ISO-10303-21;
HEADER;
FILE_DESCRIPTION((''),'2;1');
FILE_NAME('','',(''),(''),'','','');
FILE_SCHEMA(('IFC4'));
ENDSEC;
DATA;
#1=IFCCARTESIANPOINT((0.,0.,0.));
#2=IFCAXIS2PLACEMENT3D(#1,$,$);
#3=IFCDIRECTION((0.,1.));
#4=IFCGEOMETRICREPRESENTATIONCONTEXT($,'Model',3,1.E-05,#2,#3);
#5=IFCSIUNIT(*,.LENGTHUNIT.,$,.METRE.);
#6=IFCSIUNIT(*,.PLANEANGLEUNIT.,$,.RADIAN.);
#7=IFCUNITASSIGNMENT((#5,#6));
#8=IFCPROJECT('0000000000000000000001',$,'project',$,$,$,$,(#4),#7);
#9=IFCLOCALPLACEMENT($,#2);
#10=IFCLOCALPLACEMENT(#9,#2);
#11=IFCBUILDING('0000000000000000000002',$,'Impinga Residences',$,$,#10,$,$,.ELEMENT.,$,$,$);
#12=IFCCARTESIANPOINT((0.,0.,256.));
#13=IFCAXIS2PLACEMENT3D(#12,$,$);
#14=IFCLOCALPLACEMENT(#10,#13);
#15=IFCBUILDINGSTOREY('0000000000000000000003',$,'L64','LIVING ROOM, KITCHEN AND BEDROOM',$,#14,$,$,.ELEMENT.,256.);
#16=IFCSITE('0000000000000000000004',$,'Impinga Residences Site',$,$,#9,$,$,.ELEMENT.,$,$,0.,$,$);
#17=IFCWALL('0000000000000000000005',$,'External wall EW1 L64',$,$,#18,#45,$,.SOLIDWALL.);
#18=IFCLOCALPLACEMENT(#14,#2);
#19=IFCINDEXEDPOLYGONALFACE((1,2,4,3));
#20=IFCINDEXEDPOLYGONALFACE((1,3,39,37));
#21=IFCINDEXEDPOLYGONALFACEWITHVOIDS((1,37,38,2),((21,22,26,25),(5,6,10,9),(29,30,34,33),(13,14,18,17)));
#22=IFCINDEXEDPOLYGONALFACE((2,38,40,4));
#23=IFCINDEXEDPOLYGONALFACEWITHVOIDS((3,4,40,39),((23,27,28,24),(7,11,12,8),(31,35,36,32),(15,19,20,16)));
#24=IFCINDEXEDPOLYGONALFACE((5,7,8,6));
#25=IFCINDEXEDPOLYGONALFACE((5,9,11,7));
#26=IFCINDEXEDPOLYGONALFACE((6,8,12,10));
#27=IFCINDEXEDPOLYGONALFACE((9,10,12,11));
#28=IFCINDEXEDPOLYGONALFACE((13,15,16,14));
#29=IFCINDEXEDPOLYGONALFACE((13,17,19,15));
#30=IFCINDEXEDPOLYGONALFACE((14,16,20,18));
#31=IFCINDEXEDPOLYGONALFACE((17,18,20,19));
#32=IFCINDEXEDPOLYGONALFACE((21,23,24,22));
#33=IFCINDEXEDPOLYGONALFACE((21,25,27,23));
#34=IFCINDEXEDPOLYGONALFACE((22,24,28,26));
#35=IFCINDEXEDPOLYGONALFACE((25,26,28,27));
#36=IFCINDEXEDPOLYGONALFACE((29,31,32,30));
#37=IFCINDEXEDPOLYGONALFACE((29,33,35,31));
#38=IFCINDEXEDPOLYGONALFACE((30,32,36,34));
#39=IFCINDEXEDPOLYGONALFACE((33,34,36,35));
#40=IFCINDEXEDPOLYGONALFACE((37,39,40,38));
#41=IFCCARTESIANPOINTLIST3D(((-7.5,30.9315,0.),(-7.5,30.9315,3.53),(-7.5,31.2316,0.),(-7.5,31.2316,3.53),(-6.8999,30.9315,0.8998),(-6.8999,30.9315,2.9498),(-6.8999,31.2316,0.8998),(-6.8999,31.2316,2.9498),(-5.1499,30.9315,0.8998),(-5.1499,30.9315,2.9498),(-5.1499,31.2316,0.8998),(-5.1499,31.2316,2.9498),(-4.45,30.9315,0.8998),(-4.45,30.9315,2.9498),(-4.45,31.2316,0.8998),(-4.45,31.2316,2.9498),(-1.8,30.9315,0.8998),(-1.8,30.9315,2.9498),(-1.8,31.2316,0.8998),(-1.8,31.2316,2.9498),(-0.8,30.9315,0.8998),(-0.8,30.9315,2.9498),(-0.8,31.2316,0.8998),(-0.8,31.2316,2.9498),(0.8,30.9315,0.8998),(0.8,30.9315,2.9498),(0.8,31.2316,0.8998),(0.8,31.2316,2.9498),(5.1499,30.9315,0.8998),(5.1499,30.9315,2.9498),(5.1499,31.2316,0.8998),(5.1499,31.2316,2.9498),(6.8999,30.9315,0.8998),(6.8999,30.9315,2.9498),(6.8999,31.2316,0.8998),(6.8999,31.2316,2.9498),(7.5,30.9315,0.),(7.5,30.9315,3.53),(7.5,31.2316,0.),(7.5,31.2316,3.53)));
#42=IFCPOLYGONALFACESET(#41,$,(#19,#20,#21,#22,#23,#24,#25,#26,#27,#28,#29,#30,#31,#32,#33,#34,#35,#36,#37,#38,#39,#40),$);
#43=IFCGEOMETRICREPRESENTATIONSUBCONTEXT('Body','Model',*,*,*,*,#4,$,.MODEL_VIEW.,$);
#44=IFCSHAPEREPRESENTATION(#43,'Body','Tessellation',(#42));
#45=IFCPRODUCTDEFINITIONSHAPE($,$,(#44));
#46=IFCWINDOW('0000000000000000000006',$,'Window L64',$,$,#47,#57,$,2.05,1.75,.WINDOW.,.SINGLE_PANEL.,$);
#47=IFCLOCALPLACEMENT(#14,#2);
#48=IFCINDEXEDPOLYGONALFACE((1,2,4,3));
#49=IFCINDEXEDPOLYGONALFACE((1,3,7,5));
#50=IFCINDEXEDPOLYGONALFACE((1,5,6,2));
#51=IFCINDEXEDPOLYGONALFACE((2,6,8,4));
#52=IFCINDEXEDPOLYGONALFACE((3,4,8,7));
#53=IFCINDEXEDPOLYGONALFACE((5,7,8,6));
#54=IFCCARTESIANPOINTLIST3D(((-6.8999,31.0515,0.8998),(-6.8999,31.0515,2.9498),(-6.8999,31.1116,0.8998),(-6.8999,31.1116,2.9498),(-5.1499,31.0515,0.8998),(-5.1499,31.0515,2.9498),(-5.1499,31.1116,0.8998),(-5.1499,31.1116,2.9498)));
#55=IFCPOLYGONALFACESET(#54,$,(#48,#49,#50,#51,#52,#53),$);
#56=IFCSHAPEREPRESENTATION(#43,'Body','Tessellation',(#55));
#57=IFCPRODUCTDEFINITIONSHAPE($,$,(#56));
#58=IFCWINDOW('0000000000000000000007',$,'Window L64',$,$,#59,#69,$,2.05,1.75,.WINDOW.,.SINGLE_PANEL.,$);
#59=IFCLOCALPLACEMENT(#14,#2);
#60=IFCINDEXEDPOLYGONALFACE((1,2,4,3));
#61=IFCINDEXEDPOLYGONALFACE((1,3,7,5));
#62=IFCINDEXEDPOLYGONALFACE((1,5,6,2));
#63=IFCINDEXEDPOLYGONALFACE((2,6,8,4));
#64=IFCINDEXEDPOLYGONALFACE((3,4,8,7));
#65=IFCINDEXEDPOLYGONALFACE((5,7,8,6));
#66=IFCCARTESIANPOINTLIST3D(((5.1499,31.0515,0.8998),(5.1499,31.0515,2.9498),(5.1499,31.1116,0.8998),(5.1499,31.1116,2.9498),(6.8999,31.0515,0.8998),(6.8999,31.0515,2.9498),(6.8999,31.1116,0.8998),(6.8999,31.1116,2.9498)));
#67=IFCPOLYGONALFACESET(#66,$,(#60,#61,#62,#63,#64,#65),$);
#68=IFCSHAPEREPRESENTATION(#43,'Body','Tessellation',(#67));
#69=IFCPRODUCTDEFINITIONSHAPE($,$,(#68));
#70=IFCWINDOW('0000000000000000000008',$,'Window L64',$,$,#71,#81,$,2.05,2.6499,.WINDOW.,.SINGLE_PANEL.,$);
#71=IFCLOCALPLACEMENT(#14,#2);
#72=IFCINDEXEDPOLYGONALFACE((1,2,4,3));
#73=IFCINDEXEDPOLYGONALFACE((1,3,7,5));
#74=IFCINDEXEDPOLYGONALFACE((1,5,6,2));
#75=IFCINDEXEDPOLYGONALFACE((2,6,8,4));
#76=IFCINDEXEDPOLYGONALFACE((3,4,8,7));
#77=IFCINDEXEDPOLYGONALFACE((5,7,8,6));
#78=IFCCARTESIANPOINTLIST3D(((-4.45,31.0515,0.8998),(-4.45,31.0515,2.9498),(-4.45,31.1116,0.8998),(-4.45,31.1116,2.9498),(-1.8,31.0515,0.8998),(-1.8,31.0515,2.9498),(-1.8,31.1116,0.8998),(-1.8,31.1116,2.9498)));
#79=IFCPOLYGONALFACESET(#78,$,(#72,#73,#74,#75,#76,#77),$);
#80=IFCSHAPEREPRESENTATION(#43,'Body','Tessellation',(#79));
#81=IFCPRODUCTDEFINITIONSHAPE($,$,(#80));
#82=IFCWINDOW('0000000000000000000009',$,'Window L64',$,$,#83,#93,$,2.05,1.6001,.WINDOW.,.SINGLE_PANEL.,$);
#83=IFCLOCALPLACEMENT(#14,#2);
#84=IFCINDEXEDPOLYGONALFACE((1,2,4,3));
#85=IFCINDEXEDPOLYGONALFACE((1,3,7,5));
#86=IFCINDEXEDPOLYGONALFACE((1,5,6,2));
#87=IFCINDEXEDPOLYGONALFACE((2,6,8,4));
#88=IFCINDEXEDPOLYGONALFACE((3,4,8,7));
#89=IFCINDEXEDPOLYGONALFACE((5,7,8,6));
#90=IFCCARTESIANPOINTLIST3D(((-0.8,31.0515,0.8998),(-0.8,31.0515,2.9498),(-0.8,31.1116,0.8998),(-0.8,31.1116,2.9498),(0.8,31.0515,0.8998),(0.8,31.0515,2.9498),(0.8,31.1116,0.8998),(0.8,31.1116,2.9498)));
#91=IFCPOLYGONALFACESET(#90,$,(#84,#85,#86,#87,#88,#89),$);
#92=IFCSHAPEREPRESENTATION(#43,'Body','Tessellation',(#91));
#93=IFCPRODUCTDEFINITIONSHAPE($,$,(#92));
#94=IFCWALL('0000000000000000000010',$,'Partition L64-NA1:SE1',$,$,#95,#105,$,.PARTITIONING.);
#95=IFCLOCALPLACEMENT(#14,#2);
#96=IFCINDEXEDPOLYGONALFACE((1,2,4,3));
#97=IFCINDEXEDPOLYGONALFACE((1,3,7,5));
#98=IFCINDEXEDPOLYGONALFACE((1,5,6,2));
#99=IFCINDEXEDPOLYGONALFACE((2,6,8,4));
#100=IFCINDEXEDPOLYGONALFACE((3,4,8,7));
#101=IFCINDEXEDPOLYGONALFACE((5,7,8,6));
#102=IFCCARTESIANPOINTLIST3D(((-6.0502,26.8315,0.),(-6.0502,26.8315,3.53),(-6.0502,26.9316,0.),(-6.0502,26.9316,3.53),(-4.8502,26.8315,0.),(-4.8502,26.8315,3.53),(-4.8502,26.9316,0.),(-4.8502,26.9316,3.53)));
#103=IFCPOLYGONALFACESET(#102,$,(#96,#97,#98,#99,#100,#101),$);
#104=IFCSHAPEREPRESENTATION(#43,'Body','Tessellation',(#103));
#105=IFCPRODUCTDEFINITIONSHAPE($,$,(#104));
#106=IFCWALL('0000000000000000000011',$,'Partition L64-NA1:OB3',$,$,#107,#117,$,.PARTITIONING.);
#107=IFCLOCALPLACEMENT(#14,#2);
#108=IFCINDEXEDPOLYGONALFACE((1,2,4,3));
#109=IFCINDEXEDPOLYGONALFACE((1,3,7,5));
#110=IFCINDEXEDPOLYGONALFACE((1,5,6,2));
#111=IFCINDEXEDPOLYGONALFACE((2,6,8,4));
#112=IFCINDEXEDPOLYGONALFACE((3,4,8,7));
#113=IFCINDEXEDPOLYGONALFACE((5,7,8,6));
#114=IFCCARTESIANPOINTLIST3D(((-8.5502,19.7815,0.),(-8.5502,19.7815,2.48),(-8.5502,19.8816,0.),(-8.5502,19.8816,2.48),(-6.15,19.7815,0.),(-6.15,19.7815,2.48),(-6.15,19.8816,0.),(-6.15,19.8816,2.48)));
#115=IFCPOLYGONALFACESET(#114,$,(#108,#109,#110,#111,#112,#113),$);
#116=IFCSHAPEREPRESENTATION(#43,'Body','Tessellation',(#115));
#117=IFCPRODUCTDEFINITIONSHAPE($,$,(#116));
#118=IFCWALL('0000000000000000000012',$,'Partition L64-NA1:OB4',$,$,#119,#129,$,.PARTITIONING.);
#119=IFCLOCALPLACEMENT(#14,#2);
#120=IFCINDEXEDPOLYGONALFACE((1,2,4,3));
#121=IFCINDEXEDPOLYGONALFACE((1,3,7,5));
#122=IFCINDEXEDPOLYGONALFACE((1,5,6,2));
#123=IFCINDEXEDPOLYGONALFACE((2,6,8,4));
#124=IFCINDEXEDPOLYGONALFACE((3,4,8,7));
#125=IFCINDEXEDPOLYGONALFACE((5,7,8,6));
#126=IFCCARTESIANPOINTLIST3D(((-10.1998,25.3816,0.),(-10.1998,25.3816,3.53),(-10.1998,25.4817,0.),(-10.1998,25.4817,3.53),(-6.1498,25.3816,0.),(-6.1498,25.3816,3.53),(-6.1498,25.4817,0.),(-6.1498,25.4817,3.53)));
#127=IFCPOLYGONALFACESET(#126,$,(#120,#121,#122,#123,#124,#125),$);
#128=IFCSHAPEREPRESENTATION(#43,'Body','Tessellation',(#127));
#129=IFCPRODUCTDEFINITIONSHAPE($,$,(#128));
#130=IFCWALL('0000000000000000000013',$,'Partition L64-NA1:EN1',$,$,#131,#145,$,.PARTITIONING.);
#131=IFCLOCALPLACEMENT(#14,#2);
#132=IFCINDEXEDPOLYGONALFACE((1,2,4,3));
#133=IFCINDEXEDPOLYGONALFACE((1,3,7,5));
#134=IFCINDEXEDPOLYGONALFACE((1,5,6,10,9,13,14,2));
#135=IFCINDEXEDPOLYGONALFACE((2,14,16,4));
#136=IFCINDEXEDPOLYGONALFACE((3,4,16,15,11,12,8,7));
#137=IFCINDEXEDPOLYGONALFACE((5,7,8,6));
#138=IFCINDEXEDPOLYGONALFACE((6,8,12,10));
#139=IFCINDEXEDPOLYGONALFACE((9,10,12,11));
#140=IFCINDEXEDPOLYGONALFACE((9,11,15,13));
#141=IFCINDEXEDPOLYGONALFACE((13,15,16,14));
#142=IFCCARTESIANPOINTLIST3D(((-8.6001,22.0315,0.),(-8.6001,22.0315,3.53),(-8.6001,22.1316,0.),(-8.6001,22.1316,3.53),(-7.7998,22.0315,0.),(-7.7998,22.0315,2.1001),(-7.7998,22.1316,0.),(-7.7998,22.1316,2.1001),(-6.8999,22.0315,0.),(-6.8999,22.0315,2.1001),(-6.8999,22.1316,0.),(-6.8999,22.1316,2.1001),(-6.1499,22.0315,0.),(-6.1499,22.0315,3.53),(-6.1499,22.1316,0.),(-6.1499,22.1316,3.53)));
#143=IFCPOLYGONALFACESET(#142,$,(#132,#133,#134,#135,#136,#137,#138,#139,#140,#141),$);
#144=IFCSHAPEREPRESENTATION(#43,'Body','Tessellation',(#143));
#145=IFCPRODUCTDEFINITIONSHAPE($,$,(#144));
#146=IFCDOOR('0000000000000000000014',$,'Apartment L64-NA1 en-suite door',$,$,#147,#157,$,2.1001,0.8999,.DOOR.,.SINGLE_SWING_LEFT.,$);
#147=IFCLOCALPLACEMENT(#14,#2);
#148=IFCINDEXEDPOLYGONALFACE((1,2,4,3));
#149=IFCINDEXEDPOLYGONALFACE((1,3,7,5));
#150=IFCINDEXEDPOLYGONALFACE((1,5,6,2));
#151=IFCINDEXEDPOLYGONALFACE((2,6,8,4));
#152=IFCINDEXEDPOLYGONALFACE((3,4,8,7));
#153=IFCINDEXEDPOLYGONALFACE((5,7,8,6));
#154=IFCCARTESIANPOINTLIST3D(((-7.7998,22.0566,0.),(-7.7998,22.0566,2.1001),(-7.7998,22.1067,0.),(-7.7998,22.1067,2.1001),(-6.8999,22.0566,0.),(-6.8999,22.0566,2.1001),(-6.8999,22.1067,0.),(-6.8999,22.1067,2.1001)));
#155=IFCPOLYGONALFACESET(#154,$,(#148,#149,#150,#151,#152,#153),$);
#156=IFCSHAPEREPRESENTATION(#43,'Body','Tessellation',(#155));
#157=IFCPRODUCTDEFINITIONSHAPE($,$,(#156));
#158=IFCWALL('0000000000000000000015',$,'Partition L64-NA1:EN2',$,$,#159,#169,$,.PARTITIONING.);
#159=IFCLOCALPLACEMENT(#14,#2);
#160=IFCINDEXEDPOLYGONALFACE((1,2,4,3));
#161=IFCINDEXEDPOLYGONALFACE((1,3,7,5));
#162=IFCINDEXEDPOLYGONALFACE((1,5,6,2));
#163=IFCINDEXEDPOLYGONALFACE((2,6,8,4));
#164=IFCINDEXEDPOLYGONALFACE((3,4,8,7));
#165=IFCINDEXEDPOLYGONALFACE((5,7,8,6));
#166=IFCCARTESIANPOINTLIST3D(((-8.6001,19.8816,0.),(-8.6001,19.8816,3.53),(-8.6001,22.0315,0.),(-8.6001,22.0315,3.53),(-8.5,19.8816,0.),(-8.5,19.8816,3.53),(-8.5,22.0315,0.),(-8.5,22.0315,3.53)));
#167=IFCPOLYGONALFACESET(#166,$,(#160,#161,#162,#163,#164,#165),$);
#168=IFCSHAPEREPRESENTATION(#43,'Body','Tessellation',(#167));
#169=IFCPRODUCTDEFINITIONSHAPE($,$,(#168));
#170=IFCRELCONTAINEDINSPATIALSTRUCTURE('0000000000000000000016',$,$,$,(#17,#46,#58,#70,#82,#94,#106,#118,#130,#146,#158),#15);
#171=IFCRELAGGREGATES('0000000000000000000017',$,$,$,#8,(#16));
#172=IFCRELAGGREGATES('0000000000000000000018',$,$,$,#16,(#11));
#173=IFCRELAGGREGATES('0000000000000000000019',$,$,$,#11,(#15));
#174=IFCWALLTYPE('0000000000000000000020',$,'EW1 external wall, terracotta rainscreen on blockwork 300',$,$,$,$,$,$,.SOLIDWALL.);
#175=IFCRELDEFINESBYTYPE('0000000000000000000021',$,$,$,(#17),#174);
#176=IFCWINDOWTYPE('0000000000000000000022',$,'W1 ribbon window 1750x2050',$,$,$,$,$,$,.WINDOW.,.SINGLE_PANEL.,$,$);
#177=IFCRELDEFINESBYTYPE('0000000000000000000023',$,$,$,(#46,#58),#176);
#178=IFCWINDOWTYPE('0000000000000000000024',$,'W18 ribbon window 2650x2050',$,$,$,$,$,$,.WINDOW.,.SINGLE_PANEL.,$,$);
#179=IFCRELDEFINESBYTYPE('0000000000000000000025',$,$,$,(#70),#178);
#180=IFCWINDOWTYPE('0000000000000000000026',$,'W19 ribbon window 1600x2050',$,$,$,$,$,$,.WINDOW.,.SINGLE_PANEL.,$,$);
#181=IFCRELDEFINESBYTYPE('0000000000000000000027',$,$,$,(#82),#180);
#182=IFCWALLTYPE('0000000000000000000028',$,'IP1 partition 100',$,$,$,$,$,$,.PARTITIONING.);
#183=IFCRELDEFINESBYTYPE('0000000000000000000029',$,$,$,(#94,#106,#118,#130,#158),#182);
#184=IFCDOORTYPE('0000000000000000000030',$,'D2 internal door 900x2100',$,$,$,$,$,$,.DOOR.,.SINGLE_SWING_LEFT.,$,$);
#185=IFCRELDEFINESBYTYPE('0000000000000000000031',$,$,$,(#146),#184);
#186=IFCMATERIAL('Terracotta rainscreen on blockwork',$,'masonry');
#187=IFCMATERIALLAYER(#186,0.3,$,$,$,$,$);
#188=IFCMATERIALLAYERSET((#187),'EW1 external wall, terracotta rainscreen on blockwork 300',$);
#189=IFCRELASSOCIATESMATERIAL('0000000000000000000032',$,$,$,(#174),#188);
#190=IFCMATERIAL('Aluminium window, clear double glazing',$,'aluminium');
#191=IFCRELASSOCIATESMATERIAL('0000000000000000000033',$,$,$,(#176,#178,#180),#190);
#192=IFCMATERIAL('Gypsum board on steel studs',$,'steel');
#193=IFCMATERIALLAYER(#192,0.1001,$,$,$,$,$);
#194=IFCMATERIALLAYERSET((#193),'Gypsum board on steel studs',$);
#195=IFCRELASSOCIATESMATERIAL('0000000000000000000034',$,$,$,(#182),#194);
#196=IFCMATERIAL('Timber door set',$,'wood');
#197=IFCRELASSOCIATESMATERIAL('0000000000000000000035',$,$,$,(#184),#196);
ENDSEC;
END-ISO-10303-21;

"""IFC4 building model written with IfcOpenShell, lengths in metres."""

from ifc_helpers import new_model, si_unit, direction, frame, frame_2d, origin, place, context, subcontext, project, spatial, rectangle, extrude, material, layer, layer_set, type_object, element, fill, save


model = new_model("IFC4")

# Units and contexts
model_context = context("Model", 3, precision=1e-05, world=origin(), true_north=direction((0.0, 1.0)))
body_context = subcontext(model_context, "Body", "Model", "MODEL_VIEW")
ifc_project = project(units=[si_unit("LENGTHUNIT", "METRE"), si_unit("PLANEANGLEUNIT", "RADIAN")], contexts=[model_context])

# Site, building, storey
site_placement = place(None, origin())
site = spatial("IfcSite", under=ifc_project, at=site_placement, Name="Impinga Residences Site", CompositionType="ELEMENT", RefElevation=0.0)
building_placement = place(site_placement, origin())
building = spatial("IfcBuilding", under=site, at=building_placement, Name="Impinga Residences", CompositionType="ELEMENT")
storey_placement = place(building_placement, frame((0.0, 0.0, 256.0)))
storey = spatial("IfcBuildingStorey", under=building, at=storey_placement, Name="L64", Description="LIVING ROOM, KITCHEN AND BEDROOM", CompositionType="ELEMENT", Elevation=256.0)

# Shared definitions
ifc_material_1 = material(Name="Timber door set", Category="wood")

# Shared definitions
ifc_material_2 = material(Name="Terracotta rainscreen on blockwork", Category="masonry")
ifc_layer_1 = layer(ifc_material_2, 0.3)
ifc_layer_set_1 = layer_set([ifc_layer_1], Name="EW1 external wall, terracotta rainscreen on blockwork 300")
wall_type_1 = type_object("IfcWallType", Name="EW1 external wall, terracotta rainscreen on blockwork 300", PredefinedType="SOLIDWALL", material=ifc_layer_set_1)

# Wall, openings, windows
wall_1_placement = place(storey_placement, frame((-7.5, 31.0815, 0.0), z_axis=(0.0, 0.0, 1.0), x_axis=(1.0, 0.0, 0.0)))
wall_1 = element("IfcWall", 1, at=wall_1_placement, inside=storey, type_object=wall_type_1, Name="External wall EW1 L64", PredefinedType="SOLIDWALL", context=body_context, shape_type="SweptSolid", body=[
    extrude(rectangle(XDim=15.0, YDim=0.3, at=frame_2d((7.5, 0.0))), origin(), (0.0, 0.0, 1.0), 3.53),
])
opening_1_placement = place(wall_1_placement, frame((0.6001, 0.0, 0.8999)))
opening_1 = element("IfcOpeningElement", 2, at=opening_1_placement, cuts=wall_1, PredefinedType="OPENING", context=body_context, shape_type="SweptSolid", body=[
    extrude(rectangle(XDim=1.75, YDim=2.05, at=frame_2d((0.875, 1.0249))), frame((0.0, 0.1599, 0.0), z_axis=(0.0, -1.0, 0.0), x_axis=(1.0, 0.0, 0.0)), (0.0, 0.0, 1.0), 0.3201),
])
opening_2_placement = place(wall_1_placement, frame((3.05, 0.0, 0.8999)))
opening_2 = element("IfcOpeningElement", 3, at=opening_2_placement, cuts=wall_1, PredefinedType="OPENING", context=body_context, shape_type="SweptSolid", body=[
    extrude(rectangle(XDim=2.6499, YDim=2.05, at=frame_2d((1.325, 1.0249))), frame((0.0, 0.1599, 0.0), z_axis=(0.0, -1.0, 0.0), x_axis=(1.0, 0.0, 0.0)), (0.0, 0.0, 1.0), 0.3201),
])
opening_3_placement = place(wall_1_placement, frame((6.7, 0.0, 0.8999)))
opening_3 = element("IfcOpeningElement", 4, at=opening_3_placement, cuts=wall_1, PredefinedType="OPENING", context=body_context, shape_type="SweptSolid", body=[
    extrude(rectangle(XDim=1.6001, YDim=2.05, at=frame_2d((0.8, 1.0249))), frame((0.0, 0.1599, 0.0), z_axis=(0.0, -1.0, 0.0), x_axis=(1.0, 0.0, 0.0)), (0.0, 0.0, 1.0), 0.3201),
])
opening_4_placement = place(wall_1_placement, frame((12.6499, 0.0, 0.8999)))
opening_4 = element("IfcOpeningElement", 5, at=opening_4_placement, cuts=wall_1, PredefinedType="OPENING", context=body_context, shape_type="SweptSolid", body=[
    extrude(rectangle(XDim=1.75, YDim=2.05, at=frame_2d((0.875, 1.0249))), frame((0.0, 0.1599, 0.0), z_axis=(0.0, -1.0, 0.0), x_axis=(1.0, 0.0, 0.0)), (0.0, 0.0, 1.0), 0.3201),
])
ifc_material_3 = material(Name="Aluminium window, clear double glazing", Category="aluminium")
window_type_1 = type_object("IfcWindowType", Name="W1 ribbon window 1750x2050", PartitioningType="SINGLE_PANEL", PredefinedType="WINDOW", material=ifc_material_3)
window_1_placement = place(opening_1_placement, origin())
window_1 = element("IfcWindow", 6, at=window_1_placement, inside=storey, type_object=window_type_1, Name="Window L64", OverallHeight=2.05, OverallWidth=1.75, PartitioningType="SINGLE_PANEL", PredefinedType="WINDOW", context=body_context, shape_type="SweptSolid", body=[
    extrude(rectangle(XDim=1.75, YDim=2.05, at=frame_2d((0.875, 1.0249))), frame((0.0, 0.03, 0.0), z_axis=(0.0, -1.0, 0.0), x_axis=(1.0, 0.0, 0.0)), (0.0, 0.0, 1.0), 0.0601),
])
fill(opening_1, window_1)
window_2_placement = place(opening_4_placement, origin())
window_2 = element("IfcWindow", 7, at=window_2_placement, inside=storey, type_object=window_type_1, Name="Window L64", OverallHeight=2.05, OverallWidth=1.75, PartitioningType="SINGLE_PANEL", PredefinedType="WINDOW", context=body_context, shape_type="SweptSolid", body=[
    extrude(rectangle(XDim=1.75, YDim=2.05, at=frame_2d((0.875, 1.0249))), frame((0.0, 0.03, 0.0), z_axis=(0.0, -1.0, 0.0), x_axis=(1.0, 0.0, 0.0)), (0.0, 0.0, 1.0), 0.0601),
])
fill(opening_4, window_2)
window_type_2 = type_object("IfcWindowType", Name="W18 ribbon window 2650x2050", PartitioningType="SINGLE_PANEL", PredefinedType="WINDOW", material=ifc_material_3)
window_3_placement = place(opening_2_placement, origin())
window_3 = element("IfcWindow", 8, at=window_3_placement, inside=storey, type_object=window_type_2, Name="Window L64", OverallHeight=2.05, OverallWidth=2.6499, PartitioningType="SINGLE_PANEL", PredefinedType="WINDOW", context=body_context, shape_type="SweptSolid", body=[
    extrude(rectangle(XDim=2.6499, YDim=2.05, at=frame_2d((1.325, 1.0249))), frame((0.0, 0.03, 0.0), z_axis=(0.0, -1.0, 0.0), x_axis=(1.0, 0.0, 0.0)), (0.0, 0.0, 1.0), 0.0601),
])
fill(opening_2, window_3)
window_type_3 = type_object("IfcWindowType", Name="W19 ribbon window 1600x2050", PartitioningType="SINGLE_PANEL", PredefinedType="WINDOW", material=ifc_material_3)
window_4_placement = place(opening_3_placement, origin())
window_4 = element("IfcWindow", 9, at=window_4_placement, inside=storey, type_object=window_type_3, Name="Window L64", OverallHeight=2.05, OverallWidth=1.6001, PartitioningType="SINGLE_PANEL", PredefinedType="WINDOW", context=body_context, shape_type="SweptSolid", body=[
    extrude(rectangle(XDim=1.6001, YDim=2.05, at=frame_2d((0.8, 1.0249))), frame((0.0, 0.03, 0.0), z_axis=(0.0, -1.0, 0.0), x_axis=(1.0, 0.0, 0.0)), (0.0, 0.0, 1.0), 0.0601),
])
fill(opening_3, window_4)

# Walls
ifc_material_4 = material(Name="Gypsum board on steel studs", Category="steel")
ifc_layer_2 = layer(ifc_material_4, 0.1001)
ifc_layer_set_2 = layer_set([ifc_layer_2], Name="Gypsum board on steel studs")
wall_type_2 = type_object("IfcWallType", Name="IP1 partition 100", PredefinedType="PARTITIONING", material=ifc_layer_set_2)
wall_2_placement = place(storey_placement, frame((-4.8501, 26.8816, 0.0), z_axis=(0.0, 0.0, 1.0), x_axis=(-1.0, 0.0, 0.0)))
element("IfcWall", 10, at=wall_2_placement, inside=storey, type_object=wall_type_2, Name="Partition L64-NA1:SE1", PredefinedType="PARTITIONING", context=body_context, shape_type="SweptSolid", body=[
    extrude(rectangle(XDim=1.2, YDim=0.1001, at=frame_2d((0.6001, 0.0))), origin(), (0.0, 0.0, 1.0), 3.53),
])
wall_3_placement = place(storey_placement, frame((-6.1499, 19.8315, 0.0), z_axis=(0.0, 0.0, 1.0), x_axis=(-1.0, 0.0, 0.0)))
element("IfcWall", 11, at=wall_3_placement, inside=storey, type_object=wall_type_2, Name="Partition L64-NA1:OB3", PredefinedType="PARTITIONING", context=body_context, shape_type="SweptSolid", body=[
    extrude(rectangle(XDim=2.4001, YDim=0.1001, at=frame_2d((1.2002, 0.0))), origin(), (0.0, 0.0, 1.0), 2.48),
])
wall_4_placement = place(storey_placement, frame((-6.1499, 25.4316, 0.0), z_axis=(0.0, 0.0, 1.0), x_axis=(-1.0, 0.0, 0.0)))
element("IfcWall", 12, at=wall_4_placement, inside=storey, type_object=wall_type_2, Name="Partition L64-NA1:OB4", PredefinedType="PARTITIONING", context=body_context, shape_type="SweptSolid", body=[
    extrude(rectangle(XDim=4.05, YDim=0.1001, at=frame_2d((2.0249, 0.0))), origin(), (0.0, 0.0, 1.0), 3.53),
])

# Wall, opening, door
wall_5_placement = place(storey_placement, frame((-6.1499, 22.0815, 0.0), z_axis=(0.0, 0.0, 1.0), x_axis=(-1.0, 0.0, 0.0)))
wall_5 = element("IfcWall", 13, at=wall_5_placement, inside=storey, type_object=wall_type_2, Name="Partition L64-NA1:EN1", PredefinedType="PARTITIONING", context=body_context, shape_type="SweptSolid", body=[
    extrude(rectangle(XDim=2.4502, YDim=0.1001, at=frame_2d((1.2251, 0.0))), origin(), (0.0, 0.0, 1.0), 3.53),
])
opening_5_placement = place(wall_5_placement, frame((0.75, 0.0, 0.0)))
opening_5 = element("IfcOpeningElement", 14, at=opening_5_placement, cuts=wall_5, PredefinedType="OPENING", context=body_context, shape_type="SweptSolid", body=[
    extrude(rectangle(XDim=0.8999, YDim=2.1001, at=frame_2d((0.45, 1.05))), frame((0.0, 0.0601, 0.0), z_axis=(0.0, -1.0, 0.0), x_axis=(1.0, 0.0, 0.0)), (0.0, 0.0, 1.0), 0.1201),
])
door_type_1 = type_object("IfcDoorType", Name="D2 internal door 900x2100", OperationType="SINGLE_SWING_LEFT", PredefinedType="DOOR", material=ifc_material_1)
door_1_placement = place(opening_5_placement, origin())
door_1 = element("IfcDoor", 15, at=door_1_placement, inside=storey, type_object=door_type_1, Name="Apartment L64-NA1 en-suite door", OperationType="SINGLE_SWING_LEFT", OverallHeight=2.1001, OverallWidth=0.8999, PredefinedType="DOOR", context=body_context, shape_type="SweptSolid", body=[
    extrude(rectangle(XDim=0.8999, YDim=2.1001, at=frame_2d((0.45, 1.05))), frame((0.0, 0.0249, 0.0), z_axis=(0.0, -1.0, 0.0), x_axis=(1.0, 0.0, 0.0)), (0.0, 0.0, 1.0), 0.05),
])
fill(opening_5, door_1)

# Wall
wall_6_placement = place(storey_placement, frame((-8.55, 19.8816, 0.0), z_axis=(0.0, 0.0, 1.0), x_axis=(0.0, 1.0, 0.0)))
element("IfcWall", 16, at=wall_6_placement, inside=storey, type_object=wall_type_2, Name="Partition L64-NA1:EN2", PredefinedType="PARTITIONING", context=body_context, shape_type="SweptSolid", body=[
    extrude(rectangle(XDim=2.1499, YDim=0.1001, at=frame_2d((1.075, 0.0))), origin(), (0.0, 0.0, 1.0), 3.53),
])

save(model, "model.ifc")
